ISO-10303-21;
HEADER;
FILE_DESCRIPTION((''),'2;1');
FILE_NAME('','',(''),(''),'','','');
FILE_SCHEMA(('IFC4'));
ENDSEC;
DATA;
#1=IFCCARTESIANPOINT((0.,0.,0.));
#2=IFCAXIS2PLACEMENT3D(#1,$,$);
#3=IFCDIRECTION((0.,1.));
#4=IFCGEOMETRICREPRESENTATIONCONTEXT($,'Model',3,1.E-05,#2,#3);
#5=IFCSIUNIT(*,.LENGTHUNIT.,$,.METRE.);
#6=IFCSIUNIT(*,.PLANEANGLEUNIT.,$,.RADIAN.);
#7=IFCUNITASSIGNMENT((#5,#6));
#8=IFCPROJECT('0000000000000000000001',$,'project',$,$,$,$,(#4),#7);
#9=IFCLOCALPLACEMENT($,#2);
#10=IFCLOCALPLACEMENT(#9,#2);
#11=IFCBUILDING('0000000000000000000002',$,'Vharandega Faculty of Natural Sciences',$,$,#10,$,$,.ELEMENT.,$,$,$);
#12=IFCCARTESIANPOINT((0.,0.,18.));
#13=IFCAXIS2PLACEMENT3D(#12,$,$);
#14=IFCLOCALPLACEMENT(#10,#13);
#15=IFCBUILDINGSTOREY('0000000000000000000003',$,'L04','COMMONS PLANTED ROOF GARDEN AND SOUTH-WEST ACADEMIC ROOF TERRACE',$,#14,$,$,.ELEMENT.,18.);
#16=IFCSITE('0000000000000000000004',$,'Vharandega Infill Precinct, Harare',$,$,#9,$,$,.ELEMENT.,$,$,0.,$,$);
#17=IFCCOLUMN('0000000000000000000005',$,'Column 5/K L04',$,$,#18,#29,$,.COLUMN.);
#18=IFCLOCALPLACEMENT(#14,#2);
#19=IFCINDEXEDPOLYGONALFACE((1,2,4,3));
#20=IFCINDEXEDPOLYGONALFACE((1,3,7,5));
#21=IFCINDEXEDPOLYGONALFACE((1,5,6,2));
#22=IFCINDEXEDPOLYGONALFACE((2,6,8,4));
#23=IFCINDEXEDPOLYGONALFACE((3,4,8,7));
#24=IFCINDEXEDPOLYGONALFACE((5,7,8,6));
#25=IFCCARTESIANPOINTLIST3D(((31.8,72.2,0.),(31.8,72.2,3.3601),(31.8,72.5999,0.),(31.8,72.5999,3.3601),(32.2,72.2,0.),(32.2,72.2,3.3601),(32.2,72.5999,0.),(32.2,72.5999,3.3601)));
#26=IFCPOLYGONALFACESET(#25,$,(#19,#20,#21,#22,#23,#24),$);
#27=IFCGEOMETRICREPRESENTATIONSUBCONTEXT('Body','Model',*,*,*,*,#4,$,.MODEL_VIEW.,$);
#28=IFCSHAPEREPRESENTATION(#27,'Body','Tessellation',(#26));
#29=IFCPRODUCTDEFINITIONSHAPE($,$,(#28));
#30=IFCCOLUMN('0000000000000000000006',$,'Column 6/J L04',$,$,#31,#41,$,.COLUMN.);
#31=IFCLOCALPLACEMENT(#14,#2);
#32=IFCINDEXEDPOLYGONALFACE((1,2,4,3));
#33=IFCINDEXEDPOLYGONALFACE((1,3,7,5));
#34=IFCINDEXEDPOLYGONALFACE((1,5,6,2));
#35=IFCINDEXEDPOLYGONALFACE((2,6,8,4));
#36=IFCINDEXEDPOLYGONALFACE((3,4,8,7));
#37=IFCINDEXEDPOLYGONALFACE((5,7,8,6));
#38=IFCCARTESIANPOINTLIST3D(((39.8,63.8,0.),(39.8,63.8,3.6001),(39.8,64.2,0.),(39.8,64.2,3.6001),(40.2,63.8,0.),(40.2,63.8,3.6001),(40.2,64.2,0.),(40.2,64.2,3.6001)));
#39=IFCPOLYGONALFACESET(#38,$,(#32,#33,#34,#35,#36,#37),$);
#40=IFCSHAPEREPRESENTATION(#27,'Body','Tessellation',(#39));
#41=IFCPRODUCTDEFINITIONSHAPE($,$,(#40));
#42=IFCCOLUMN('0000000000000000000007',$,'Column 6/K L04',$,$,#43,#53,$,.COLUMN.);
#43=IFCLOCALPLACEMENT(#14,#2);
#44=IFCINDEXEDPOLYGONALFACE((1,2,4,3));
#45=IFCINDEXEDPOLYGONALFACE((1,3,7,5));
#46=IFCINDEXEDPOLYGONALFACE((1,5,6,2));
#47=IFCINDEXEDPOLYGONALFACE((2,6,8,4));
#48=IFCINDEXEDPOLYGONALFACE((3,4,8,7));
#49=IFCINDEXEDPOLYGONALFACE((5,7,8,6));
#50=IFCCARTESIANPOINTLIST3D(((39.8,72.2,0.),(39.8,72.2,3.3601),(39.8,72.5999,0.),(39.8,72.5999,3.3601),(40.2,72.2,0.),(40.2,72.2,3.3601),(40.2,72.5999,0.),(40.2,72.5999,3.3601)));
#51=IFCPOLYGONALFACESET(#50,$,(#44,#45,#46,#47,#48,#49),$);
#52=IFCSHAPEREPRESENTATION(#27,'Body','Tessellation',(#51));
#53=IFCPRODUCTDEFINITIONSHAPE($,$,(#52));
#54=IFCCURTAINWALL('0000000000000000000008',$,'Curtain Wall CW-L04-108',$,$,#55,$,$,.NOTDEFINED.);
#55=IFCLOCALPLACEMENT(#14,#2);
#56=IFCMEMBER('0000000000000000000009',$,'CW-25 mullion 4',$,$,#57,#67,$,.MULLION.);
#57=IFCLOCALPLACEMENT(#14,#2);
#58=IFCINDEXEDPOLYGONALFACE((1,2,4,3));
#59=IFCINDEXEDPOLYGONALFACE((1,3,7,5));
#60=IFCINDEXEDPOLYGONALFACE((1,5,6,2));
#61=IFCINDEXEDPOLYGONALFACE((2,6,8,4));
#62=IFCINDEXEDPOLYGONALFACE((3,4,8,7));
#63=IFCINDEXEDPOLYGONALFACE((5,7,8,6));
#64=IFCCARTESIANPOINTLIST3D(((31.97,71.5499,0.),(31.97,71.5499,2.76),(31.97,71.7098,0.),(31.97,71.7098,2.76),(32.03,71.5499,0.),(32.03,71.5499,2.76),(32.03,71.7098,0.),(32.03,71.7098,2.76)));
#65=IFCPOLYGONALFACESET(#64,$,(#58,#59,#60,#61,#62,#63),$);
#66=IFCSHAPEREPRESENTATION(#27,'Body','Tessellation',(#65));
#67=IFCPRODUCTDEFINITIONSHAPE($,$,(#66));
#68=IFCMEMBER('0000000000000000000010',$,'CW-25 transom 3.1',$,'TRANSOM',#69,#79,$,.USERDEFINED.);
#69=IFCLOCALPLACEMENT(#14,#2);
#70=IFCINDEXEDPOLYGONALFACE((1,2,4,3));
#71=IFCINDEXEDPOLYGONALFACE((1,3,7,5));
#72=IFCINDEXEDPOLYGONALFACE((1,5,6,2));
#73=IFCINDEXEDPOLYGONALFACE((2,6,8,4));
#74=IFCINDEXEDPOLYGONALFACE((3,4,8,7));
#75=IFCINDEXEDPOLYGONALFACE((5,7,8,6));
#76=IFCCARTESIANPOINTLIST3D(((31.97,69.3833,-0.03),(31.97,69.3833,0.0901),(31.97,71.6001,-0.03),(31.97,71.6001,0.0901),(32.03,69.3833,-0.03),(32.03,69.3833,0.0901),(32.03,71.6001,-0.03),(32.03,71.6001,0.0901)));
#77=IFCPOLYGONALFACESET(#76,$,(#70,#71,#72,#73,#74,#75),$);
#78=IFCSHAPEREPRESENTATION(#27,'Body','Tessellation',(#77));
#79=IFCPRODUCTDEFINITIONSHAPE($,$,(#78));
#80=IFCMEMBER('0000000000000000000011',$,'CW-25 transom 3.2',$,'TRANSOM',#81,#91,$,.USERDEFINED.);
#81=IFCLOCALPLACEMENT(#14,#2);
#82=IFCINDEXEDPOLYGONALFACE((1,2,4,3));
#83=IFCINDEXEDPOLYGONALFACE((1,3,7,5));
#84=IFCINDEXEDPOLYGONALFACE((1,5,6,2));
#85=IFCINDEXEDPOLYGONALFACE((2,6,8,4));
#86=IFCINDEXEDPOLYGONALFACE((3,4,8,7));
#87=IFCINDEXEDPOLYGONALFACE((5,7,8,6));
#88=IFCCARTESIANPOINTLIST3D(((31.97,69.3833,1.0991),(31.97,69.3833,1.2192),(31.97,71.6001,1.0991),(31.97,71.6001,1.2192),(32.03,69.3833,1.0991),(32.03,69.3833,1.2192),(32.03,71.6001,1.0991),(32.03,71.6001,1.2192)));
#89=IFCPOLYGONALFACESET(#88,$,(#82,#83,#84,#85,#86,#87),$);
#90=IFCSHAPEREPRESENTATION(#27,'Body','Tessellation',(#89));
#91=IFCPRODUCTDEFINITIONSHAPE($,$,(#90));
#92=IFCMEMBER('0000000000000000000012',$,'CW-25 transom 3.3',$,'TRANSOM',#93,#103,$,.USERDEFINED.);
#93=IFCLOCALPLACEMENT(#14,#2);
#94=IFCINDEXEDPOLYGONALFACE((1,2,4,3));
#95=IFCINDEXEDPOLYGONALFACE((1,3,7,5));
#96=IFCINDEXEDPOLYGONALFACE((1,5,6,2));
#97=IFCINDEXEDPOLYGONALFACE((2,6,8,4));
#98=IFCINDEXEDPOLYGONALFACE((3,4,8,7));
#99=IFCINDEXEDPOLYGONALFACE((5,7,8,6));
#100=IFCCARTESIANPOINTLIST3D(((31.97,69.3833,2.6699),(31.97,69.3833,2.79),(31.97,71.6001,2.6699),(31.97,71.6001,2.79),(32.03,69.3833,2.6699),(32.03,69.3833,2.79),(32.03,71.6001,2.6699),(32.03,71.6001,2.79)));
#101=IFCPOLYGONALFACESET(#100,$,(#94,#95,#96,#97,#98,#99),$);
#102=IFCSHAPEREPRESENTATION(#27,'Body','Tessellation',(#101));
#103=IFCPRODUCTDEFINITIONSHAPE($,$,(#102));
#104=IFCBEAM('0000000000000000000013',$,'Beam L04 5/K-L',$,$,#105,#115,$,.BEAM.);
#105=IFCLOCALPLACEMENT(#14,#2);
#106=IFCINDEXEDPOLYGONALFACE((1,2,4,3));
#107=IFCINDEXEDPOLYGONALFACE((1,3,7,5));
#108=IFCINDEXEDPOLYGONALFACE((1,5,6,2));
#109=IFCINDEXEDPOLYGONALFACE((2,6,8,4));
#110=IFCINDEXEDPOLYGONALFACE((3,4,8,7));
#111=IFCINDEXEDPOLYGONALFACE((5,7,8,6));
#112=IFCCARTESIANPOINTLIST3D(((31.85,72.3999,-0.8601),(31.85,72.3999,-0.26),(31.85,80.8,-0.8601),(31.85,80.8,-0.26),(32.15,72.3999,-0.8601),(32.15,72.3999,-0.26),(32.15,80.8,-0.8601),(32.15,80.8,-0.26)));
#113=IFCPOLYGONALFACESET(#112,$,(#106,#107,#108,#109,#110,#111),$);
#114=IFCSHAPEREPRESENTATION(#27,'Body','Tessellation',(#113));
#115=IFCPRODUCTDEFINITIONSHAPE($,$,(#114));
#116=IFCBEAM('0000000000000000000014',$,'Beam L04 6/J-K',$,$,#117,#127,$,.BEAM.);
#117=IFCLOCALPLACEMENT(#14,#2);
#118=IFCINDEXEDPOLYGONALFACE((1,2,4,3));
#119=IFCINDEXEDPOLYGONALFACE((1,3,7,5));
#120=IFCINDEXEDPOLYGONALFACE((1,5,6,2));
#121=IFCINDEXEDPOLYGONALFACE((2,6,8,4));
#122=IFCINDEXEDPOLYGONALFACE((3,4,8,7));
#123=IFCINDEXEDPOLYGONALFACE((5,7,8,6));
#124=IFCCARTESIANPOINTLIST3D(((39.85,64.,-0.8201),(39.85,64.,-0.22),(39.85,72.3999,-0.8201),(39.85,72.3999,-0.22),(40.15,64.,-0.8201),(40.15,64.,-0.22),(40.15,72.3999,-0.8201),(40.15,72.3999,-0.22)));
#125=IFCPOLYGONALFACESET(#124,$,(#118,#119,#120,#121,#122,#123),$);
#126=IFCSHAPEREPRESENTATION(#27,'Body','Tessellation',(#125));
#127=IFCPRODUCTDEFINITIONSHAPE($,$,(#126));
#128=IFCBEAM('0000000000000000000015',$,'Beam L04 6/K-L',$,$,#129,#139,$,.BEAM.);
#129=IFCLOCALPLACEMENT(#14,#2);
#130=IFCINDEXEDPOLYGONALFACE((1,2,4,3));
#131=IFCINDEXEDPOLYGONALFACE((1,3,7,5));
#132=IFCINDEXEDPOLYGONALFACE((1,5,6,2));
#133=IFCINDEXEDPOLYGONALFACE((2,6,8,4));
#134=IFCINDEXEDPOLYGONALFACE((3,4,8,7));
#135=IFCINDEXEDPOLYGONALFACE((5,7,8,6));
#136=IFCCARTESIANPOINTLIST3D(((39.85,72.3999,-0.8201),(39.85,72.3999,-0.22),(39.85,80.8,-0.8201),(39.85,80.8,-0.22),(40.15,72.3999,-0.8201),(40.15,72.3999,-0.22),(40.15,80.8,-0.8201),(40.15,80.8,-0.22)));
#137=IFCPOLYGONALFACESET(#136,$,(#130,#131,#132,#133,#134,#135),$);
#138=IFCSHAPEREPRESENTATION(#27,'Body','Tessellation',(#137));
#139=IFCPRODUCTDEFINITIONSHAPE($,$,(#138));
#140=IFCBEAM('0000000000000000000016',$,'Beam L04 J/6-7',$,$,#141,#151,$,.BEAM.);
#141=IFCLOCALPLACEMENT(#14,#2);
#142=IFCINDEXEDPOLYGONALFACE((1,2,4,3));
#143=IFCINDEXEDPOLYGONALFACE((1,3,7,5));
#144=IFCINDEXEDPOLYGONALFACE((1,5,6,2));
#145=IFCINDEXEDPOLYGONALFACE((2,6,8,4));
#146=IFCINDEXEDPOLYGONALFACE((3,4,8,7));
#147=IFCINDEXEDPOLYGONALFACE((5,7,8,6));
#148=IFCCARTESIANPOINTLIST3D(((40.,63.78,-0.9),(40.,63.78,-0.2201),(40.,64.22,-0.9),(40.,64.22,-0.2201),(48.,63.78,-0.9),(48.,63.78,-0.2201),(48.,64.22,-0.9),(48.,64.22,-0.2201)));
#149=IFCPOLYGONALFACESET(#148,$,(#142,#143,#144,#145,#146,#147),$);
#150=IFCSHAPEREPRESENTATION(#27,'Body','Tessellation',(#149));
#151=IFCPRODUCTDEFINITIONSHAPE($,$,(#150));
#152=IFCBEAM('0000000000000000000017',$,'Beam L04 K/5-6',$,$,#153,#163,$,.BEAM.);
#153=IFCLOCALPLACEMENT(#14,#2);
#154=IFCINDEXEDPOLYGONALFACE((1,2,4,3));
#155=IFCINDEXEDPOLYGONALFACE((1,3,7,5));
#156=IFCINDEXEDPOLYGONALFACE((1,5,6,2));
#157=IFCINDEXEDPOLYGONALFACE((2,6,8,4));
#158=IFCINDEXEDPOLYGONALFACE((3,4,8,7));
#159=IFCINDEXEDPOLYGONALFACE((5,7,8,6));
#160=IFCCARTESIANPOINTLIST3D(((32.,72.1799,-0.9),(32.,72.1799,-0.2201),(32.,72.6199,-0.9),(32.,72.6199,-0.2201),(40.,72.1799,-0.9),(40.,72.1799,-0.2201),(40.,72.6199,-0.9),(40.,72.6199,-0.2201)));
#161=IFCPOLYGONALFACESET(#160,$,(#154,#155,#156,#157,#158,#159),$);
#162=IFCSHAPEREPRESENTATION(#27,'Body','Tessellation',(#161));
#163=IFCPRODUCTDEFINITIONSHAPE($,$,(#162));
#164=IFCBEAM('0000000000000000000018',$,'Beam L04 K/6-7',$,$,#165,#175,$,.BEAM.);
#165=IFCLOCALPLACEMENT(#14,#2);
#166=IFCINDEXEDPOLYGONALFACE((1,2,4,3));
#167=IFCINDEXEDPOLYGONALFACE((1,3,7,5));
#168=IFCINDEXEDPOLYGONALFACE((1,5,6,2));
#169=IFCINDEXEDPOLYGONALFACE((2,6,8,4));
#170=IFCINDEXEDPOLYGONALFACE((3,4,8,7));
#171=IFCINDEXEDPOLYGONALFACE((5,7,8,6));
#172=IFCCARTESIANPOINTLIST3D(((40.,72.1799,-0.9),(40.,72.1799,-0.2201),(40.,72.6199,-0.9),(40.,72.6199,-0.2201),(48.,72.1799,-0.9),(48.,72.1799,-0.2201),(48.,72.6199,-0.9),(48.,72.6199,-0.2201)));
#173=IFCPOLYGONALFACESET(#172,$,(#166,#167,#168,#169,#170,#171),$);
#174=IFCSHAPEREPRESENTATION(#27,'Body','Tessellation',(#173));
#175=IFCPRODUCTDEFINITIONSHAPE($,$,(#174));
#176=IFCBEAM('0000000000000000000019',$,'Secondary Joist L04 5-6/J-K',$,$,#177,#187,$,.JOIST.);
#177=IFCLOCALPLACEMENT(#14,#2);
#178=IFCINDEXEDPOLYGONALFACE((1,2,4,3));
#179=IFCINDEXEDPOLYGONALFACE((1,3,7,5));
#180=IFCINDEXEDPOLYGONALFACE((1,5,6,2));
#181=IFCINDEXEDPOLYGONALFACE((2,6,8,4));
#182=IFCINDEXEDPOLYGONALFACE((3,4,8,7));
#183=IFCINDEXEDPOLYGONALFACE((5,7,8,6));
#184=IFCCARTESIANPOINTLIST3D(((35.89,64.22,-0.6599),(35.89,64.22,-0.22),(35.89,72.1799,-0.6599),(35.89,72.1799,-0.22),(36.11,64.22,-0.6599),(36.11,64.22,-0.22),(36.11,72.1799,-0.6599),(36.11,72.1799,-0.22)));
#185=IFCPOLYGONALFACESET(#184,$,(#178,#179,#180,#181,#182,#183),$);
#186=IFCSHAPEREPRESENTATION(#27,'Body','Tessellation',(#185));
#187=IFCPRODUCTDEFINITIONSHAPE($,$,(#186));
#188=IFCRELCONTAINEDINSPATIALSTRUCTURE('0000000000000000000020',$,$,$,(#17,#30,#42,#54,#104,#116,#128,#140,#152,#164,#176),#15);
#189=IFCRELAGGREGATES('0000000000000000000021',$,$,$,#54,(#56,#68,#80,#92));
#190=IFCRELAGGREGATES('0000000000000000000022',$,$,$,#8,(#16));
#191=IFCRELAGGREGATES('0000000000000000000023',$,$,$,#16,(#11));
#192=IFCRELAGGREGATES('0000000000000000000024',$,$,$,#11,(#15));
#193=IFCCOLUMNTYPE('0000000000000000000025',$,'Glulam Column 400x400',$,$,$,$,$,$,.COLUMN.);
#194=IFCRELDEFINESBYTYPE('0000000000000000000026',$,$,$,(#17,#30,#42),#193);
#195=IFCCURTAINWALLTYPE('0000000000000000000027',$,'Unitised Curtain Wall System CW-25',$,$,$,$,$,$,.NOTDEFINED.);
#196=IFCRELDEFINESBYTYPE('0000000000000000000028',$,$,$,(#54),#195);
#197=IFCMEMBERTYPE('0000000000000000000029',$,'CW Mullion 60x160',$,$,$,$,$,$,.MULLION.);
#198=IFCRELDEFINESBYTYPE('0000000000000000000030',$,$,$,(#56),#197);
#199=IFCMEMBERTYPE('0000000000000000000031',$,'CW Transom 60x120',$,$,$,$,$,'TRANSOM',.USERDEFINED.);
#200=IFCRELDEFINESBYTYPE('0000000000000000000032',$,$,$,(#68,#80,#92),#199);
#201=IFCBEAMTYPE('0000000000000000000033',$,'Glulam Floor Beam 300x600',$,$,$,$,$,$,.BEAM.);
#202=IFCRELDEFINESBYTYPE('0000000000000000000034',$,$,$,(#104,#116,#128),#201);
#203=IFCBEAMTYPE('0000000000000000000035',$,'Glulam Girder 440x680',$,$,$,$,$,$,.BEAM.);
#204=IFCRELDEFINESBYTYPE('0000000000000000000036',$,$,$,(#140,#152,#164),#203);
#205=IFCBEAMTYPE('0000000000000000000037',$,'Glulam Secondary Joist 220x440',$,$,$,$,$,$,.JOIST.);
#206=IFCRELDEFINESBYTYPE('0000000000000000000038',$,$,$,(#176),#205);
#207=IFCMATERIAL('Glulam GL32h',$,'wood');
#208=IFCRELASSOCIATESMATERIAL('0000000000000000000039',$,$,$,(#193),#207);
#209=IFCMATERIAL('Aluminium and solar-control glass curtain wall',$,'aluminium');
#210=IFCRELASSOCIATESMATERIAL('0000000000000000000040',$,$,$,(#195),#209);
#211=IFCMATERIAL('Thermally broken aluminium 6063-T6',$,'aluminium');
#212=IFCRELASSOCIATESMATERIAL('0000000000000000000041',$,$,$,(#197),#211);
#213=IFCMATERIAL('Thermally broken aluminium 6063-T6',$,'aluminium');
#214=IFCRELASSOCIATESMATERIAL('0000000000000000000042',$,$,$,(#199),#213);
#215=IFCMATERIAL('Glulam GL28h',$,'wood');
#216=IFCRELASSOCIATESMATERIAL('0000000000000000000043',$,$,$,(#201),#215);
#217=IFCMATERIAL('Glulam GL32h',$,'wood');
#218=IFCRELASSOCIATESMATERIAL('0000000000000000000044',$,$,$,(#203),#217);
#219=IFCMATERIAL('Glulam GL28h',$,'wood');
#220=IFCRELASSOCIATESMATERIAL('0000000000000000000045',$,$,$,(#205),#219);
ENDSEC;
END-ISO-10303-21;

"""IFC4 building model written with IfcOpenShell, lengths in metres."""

from ifc_helpers import new_model, si_unit, direction, frame, origin, origin_2d, place, context, subcontext, project, spatial, rectangle, extrude, material, material_profile, profile_set, type_object, element, aggregate, save


model = new_model("IFC4")

# Units and contexts
model_context = context("Model", 3, precision=1e-05, world=origin(), true_north=direction((0.0, 1.0)))
body_context = subcontext(model_context, "Body", "Model", "MODEL_VIEW")
ifc_project = project(units=[si_unit("LENGTHUNIT", "METRE"), si_unit("PLANEANGLEUNIT", "RADIAN")], contexts=[model_context])

# Site, building, storey
site_placement = place(None, origin())
site = spatial("IfcSite", under=ifc_project, at=site_placement, Name="Vharandega Infill Precinct, Harare", CompositionType="ELEMENT", RefElevation=0.0)
building_placement = place(site_placement, origin())
building = spatial("IfcBuilding", under=site, at=building_placement, Name="Vharandega Faculty of Natural Sciences", CompositionType="ELEMENT")
storey_placement = place(building_placement, frame((0.0, 0.0, 18.0)))
storey = spatial("IfcBuildingStorey", under=building, at=storey_placement, Name="L04", Description="COMMONS PLANTED ROOF GARDEN AND SOUTH-WEST ACADEMIC ROOF TERRACE", CompositionType="ELEMENT", Elevation=18.0)

# Columns
ifc_material_1 = material(Name="Glulam GL32h", Category="wood")
ifc_material_profile_1 = material_profile(ifc_material_1, rectangle(XDim=0.3999, YDim=0.3999, at=origin_2d()), Name="GL32h 400x400")
ifc_profile_set_1 = profile_set([ifc_material_profile_1], Name="Glulam GL32h")
column_type = type_object("IfcColumnType", Name="Glulam Column 400x400", PredefinedType="COLUMN", material=ifc_profile_set_1)
column_1_placement = place(storey_placement, frame((32.0, 72.3999, 0.0), z_axis=(0.0, 0.0, 1.0), x_axis=(1.0, 0.0, 0.0)))
element("IfcColumn", 1, at=column_1_placement, inside=storey, type_object=column_type, Name="Column 5/K L04", PredefinedType="COLUMN", context=body_context, shape_type="SweptSolid", body=[
    extrude(rectangle(XDim=0.3999, YDim=0.3999, at=origin_2d()), origin(), (0.0, 0.0, 1.0), 3.3601),
])
column_2_placement = place(storey_placement, frame((40.0, 64.0, 0.0), z_axis=(0.0, 0.0, 1.0), x_axis=(1.0, 0.0, 0.0)))
element("IfcColumn", 2, at=column_2_placement, inside=storey, type_object=column_type, Name="Column 6/J L04", PredefinedType="COLUMN", context=body_context, shape_type="SweptSolid", body=[
    extrude(rectangle(XDim=0.3999, YDim=0.3999, at=origin_2d()), origin(), (0.0, 0.0, 1.0), 3.6001),
])
column_3_placement = place(storey_placement, frame((40.0, 72.3999, 0.0), z_axis=(0.0, 0.0, 1.0), x_axis=(1.0, 0.0, 0.0)))
element("IfcColumn", 3, at=column_3_placement, inside=storey, type_object=column_type, Name="Column 6/K L04", PredefinedType="COLUMN", context=body_context, shape_type="SweptSolid", body=[
    extrude(rectangle(XDim=0.3999, YDim=0.3999, at=origin_2d()), origin(), (0.0, 0.0, 1.0), 3.3601),
])

# Curtain wall, members
ifc_material_2 = material(Name="Aluminium and solar-control glass curtain wall", Category="aluminium")
curtain_wall_type = type_object("IfcCurtainWallType", Name="Unitised Curtain Wall System CW-25", PredefinedType="NOTDEFINED", material=ifc_material_2)
curtain_wall_placement = place(storey_placement, origin())
curtain_wall = element("IfcCurtainWall", 4, at=curtain_wall_placement, inside=storey, type_object=curtain_wall_type, Name="Curtain Wall CW-L04-108", PredefinedType="NOTDEFINED")
ifc_material_3 = material(Name="Thermally broken aluminium 6063-T6", Category="aluminium")
ifc_material_profile_2 = material_profile(ifc_material_3, rectangle(XDim=0.0601, YDim=0.1599, at=origin_2d()), Name="ALU 60x160")
ifc_profile_set_2 = profile_set([ifc_material_profile_2], Name="Thermally broken aluminium 6063-T6")
member_type_1 = type_object("IfcMemberType", Name="CW Mullion 60x160", PredefinedType="MULLION", material=ifc_profile_set_2)
member_1_placement = place(storey_placement, frame((32.0, 71.6299, 0.0), z_axis=(0.0, 0.0, 1.0), x_axis=(-1.0, 0.0, 0.0)))
member_1 = element("IfcMember", 5, at=member_1_placement, type_object=member_type_1, Name="CW-25 mullion 4", PredefinedType="MULLION", context=body_context, shape_type="SweptSolid", body=[
    extrude(rectangle(XDim=0.0601, YDim=0.1599, at=origin_2d()), origin(), (0.0, 0.0, 1.0), 2.76),
])
ifc_material_4 = material(Name="Thermally broken aluminium 6063-T6", Category="aluminium")
ifc_material_profile_3 = material_profile(ifc_material_4, rectangle(XDim=0.0601, YDim=0.1201, at=origin_2d()), Name="ALU 60x120")
ifc_profile_set_3 = profile_set([ifc_material_profile_3], Name="Thermally broken aluminium 6063-T6")
member_type_2 = type_object("IfcMemberType", Name="CW Transom 60x120", ElementType="TRANSOM", PredefinedType="USERDEFINED", material=ifc_profile_set_3)
member_2_placement = place(storey_placement, frame((32.0, 69.3833, 0.03), z_axis=(0.0, 1.0, 0.0), x_axis=(-1.0, 0.0, 0.0)))
member_2 = element("IfcMember", 6, at=member_2_placement, type_object=member_type_2, Name="CW-25 transom 3.1", ObjectType="TRANSOM", PredefinedType="USERDEFINED", context=body_context, shape_type="SweptSolid", body=[
    extrude(rectangle(XDim=0.0601, YDim=0.1201, at=origin_2d()), origin(), (0.0, 0.0, 1.0), 2.2168),
])
member_3_placement = place(storey_placement, frame((32.0, 69.3833, 1.1592), z_axis=(0.0, 1.0, 0.0), x_axis=(-1.0, 0.0, 0.0)))
member_3 = element("IfcMember", 7, at=member_3_placement, type_object=member_type_2, Name="CW-25 transom 3.2", ObjectType="TRANSOM", PredefinedType="USERDEFINED", context=body_context, shape_type="SweptSolid", body=[
    extrude(rectangle(XDim=0.0601, YDim=0.1201, at=origin_2d()), origin(), (0.0, 0.0, 1.0), 2.2168),
])
member_4_placement = place(storey_placement, frame((32.0, 69.3833, 2.73), z_axis=(0.0, 1.0, 0.0), x_axis=(-1.0, 0.0, 0.0)))
member_4 = element("IfcMember", 8, at=member_4_placement, type_object=member_type_2, Name="CW-25 transom 3.3", ObjectType="TRANSOM", PredefinedType="USERDEFINED", context=body_context, shape_type="SweptSolid", body=[
    extrude(rectangle(XDim=0.0601, YDim=0.1201, at=origin_2d()), origin(), (0.0, 0.0, 1.0), 2.2168),
])

# Beams
ifc_material_5 = material(Name="Glulam GL28h", Category="wood")
ifc_material_profile_4 = material_profile(ifc_material_5, rectangle(XDim=0.3, YDim=0.6001, at=origin_2d()), Name="GL28h 300x600")
ifc_profile_set_4 = profile_set([ifc_material_profile_4], Name="Glulam GL28h")
beam_type_1 = type_object("IfcBeamType", Name="Glulam Floor Beam 300x600", PredefinedType="BEAM", material=ifc_profile_set_4)
beam_1_placement = place(storey_placement, frame((32.0, 72.3999, -0.5601), z_axis=(0.0, 1.0, 0.0), x_axis=(-1.0, 0.0, 0.0)))
element("IfcBeam", 9, at=beam_1_placement, inside=storey, type_object=beam_type_1, Name="Beam L04 5/K-L", PredefinedType="BEAM", context=body_context, shape_type="SweptSolid", body=[
    extrude(rectangle(XDim=0.3, YDim=0.6001, at=origin_2d()), origin(), (0.0, 0.0, 1.0), 8.4001),
])
beam_2_placement = place(storey_placement, frame((40.0, 64.0, -0.52), z_axis=(0.0, 1.0, 0.0), x_axis=(-1.0, 0.0, 0.0)))
element("IfcBeam", 10, at=beam_2_placement, inside=storey, type_object=beam_type_1, Name="Beam L04 6/J-K", PredefinedType="BEAM", context=body_context, shape_type="SweptSolid", body=[
    extrude(rectangle(XDim=0.3, YDim=0.6001, at=origin_2d()), origin(), (0.0, 0.0, 1.0), 8.3999),
])
beam_3_placement = place(storey_placement, frame((40.0, 72.3999, -0.52), z_axis=(0.0, 1.0, 0.0), x_axis=(-1.0, 0.0, 0.0)))
element("IfcBeam", 11, at=beam_3_placement, inside=storey, type_object=beam_type_1, Name="Beam L04 6/K-L", PredefinedType="BEAM", context=body_context, shape_type="SweptSolid", body=[
    extrude(rectangle(XDim=0.3, YDim=0.6001, at=origin_2d()), origin(), (0.0, 0.0, 1.0), 8.4001),
])
ifc_material_6 = material(Name="Glulam GL32h", Category="wood")
ifc_material_profile_5 = material_profile(ifc_material_6, rectangle(XDim=0.4399, YDim=0.6799, at=origin_2d()), Name="GL32h 440x680")
ifc_profile_set_5 = profile_set([ifc_material_profile_5], Name="Glulam GL32h")
beam_type_2 = type_object("IfcBeamType", Name="Glulam Girder 440x680", PredefinedType="BEAM", material=ifc_profile_set_5)
for number, where, z_axis, x_axis, name in (
    (12, (40.0, 64.0, -0.5601), (1.0, 0.0, 0.0), (0.0, 1.0, 0.0), "Beam L04 J/6-7"),
    (13, (32.0, 72.3999, -0.5601), (1.0, 0.0, 0.0), (0.0, 1.0, 0.0), "Beam L04 K/5-6"),
    (14, (40.0, 72.3999, -0.5601), (1.0, 0.0, 0.0), (0.0, 1.0, 0.0), "Beam L04 K/6-7"),
):
    element("IfcBeam", number, at=place(storey_placement, frame(where, z_axis=z_axis, x_axis=x_axis)), inside=storey, type_object=beam_type_2, Name=name, PredefinedType="BEAM", context=body_context, shape_type="SweptSolid", body=[
        extrude(rectangle(XDim=0.4399, YDim=0.6799, at=origin_2d()), origin(), (0.0, 0.0, 1.0), 8.0),
    ])
ifc_material_7 = material(Name="Glulam GL28h", Category="wood")
ifc_material_profile_6 = material_profile(ifc_material_7, rectangle(XDim=0.22, YDim=0.4399, at=origin_2d()), Name="GL28h 220x440")
ifc_profile_set_6 = profile_set([ifc_material_profile_6], Name="Glulam GL28h")
beam_type_3 = type_object("IfcBeamType", Name="Glulam Secondary Joist 220x440", PredefinedType="JOIST", material=ifc_profile_set_6)
for number, where, z_axis, x_axis, name in (
    (15, (36.0, 64.22, -0.4399), (0.0, 1.0, 0.0), (-1.0, 0.0, 0.0), "Secondary Joist L04 5-6/J-K"),
):
    element("IfcBeam", number, at=place(storey_placement, frame(where, z_axis=z_axis, x_axis=x_axis)), inside=storey, type_object=beam_type_3, Name=name, PredefinedType="JOIST", context=body_context, shape_type="SweptSolid", body=[
        extrude(rectangle(XDim=0.22, YDim=0.4399, at=origin_2d()), origin(), (0.0, 0.0, 1.0), 7.96),
    ])

aggregate(curtain_wall, [member_1, member_2, member_3, member_4])

save(model, "model.ifc")
